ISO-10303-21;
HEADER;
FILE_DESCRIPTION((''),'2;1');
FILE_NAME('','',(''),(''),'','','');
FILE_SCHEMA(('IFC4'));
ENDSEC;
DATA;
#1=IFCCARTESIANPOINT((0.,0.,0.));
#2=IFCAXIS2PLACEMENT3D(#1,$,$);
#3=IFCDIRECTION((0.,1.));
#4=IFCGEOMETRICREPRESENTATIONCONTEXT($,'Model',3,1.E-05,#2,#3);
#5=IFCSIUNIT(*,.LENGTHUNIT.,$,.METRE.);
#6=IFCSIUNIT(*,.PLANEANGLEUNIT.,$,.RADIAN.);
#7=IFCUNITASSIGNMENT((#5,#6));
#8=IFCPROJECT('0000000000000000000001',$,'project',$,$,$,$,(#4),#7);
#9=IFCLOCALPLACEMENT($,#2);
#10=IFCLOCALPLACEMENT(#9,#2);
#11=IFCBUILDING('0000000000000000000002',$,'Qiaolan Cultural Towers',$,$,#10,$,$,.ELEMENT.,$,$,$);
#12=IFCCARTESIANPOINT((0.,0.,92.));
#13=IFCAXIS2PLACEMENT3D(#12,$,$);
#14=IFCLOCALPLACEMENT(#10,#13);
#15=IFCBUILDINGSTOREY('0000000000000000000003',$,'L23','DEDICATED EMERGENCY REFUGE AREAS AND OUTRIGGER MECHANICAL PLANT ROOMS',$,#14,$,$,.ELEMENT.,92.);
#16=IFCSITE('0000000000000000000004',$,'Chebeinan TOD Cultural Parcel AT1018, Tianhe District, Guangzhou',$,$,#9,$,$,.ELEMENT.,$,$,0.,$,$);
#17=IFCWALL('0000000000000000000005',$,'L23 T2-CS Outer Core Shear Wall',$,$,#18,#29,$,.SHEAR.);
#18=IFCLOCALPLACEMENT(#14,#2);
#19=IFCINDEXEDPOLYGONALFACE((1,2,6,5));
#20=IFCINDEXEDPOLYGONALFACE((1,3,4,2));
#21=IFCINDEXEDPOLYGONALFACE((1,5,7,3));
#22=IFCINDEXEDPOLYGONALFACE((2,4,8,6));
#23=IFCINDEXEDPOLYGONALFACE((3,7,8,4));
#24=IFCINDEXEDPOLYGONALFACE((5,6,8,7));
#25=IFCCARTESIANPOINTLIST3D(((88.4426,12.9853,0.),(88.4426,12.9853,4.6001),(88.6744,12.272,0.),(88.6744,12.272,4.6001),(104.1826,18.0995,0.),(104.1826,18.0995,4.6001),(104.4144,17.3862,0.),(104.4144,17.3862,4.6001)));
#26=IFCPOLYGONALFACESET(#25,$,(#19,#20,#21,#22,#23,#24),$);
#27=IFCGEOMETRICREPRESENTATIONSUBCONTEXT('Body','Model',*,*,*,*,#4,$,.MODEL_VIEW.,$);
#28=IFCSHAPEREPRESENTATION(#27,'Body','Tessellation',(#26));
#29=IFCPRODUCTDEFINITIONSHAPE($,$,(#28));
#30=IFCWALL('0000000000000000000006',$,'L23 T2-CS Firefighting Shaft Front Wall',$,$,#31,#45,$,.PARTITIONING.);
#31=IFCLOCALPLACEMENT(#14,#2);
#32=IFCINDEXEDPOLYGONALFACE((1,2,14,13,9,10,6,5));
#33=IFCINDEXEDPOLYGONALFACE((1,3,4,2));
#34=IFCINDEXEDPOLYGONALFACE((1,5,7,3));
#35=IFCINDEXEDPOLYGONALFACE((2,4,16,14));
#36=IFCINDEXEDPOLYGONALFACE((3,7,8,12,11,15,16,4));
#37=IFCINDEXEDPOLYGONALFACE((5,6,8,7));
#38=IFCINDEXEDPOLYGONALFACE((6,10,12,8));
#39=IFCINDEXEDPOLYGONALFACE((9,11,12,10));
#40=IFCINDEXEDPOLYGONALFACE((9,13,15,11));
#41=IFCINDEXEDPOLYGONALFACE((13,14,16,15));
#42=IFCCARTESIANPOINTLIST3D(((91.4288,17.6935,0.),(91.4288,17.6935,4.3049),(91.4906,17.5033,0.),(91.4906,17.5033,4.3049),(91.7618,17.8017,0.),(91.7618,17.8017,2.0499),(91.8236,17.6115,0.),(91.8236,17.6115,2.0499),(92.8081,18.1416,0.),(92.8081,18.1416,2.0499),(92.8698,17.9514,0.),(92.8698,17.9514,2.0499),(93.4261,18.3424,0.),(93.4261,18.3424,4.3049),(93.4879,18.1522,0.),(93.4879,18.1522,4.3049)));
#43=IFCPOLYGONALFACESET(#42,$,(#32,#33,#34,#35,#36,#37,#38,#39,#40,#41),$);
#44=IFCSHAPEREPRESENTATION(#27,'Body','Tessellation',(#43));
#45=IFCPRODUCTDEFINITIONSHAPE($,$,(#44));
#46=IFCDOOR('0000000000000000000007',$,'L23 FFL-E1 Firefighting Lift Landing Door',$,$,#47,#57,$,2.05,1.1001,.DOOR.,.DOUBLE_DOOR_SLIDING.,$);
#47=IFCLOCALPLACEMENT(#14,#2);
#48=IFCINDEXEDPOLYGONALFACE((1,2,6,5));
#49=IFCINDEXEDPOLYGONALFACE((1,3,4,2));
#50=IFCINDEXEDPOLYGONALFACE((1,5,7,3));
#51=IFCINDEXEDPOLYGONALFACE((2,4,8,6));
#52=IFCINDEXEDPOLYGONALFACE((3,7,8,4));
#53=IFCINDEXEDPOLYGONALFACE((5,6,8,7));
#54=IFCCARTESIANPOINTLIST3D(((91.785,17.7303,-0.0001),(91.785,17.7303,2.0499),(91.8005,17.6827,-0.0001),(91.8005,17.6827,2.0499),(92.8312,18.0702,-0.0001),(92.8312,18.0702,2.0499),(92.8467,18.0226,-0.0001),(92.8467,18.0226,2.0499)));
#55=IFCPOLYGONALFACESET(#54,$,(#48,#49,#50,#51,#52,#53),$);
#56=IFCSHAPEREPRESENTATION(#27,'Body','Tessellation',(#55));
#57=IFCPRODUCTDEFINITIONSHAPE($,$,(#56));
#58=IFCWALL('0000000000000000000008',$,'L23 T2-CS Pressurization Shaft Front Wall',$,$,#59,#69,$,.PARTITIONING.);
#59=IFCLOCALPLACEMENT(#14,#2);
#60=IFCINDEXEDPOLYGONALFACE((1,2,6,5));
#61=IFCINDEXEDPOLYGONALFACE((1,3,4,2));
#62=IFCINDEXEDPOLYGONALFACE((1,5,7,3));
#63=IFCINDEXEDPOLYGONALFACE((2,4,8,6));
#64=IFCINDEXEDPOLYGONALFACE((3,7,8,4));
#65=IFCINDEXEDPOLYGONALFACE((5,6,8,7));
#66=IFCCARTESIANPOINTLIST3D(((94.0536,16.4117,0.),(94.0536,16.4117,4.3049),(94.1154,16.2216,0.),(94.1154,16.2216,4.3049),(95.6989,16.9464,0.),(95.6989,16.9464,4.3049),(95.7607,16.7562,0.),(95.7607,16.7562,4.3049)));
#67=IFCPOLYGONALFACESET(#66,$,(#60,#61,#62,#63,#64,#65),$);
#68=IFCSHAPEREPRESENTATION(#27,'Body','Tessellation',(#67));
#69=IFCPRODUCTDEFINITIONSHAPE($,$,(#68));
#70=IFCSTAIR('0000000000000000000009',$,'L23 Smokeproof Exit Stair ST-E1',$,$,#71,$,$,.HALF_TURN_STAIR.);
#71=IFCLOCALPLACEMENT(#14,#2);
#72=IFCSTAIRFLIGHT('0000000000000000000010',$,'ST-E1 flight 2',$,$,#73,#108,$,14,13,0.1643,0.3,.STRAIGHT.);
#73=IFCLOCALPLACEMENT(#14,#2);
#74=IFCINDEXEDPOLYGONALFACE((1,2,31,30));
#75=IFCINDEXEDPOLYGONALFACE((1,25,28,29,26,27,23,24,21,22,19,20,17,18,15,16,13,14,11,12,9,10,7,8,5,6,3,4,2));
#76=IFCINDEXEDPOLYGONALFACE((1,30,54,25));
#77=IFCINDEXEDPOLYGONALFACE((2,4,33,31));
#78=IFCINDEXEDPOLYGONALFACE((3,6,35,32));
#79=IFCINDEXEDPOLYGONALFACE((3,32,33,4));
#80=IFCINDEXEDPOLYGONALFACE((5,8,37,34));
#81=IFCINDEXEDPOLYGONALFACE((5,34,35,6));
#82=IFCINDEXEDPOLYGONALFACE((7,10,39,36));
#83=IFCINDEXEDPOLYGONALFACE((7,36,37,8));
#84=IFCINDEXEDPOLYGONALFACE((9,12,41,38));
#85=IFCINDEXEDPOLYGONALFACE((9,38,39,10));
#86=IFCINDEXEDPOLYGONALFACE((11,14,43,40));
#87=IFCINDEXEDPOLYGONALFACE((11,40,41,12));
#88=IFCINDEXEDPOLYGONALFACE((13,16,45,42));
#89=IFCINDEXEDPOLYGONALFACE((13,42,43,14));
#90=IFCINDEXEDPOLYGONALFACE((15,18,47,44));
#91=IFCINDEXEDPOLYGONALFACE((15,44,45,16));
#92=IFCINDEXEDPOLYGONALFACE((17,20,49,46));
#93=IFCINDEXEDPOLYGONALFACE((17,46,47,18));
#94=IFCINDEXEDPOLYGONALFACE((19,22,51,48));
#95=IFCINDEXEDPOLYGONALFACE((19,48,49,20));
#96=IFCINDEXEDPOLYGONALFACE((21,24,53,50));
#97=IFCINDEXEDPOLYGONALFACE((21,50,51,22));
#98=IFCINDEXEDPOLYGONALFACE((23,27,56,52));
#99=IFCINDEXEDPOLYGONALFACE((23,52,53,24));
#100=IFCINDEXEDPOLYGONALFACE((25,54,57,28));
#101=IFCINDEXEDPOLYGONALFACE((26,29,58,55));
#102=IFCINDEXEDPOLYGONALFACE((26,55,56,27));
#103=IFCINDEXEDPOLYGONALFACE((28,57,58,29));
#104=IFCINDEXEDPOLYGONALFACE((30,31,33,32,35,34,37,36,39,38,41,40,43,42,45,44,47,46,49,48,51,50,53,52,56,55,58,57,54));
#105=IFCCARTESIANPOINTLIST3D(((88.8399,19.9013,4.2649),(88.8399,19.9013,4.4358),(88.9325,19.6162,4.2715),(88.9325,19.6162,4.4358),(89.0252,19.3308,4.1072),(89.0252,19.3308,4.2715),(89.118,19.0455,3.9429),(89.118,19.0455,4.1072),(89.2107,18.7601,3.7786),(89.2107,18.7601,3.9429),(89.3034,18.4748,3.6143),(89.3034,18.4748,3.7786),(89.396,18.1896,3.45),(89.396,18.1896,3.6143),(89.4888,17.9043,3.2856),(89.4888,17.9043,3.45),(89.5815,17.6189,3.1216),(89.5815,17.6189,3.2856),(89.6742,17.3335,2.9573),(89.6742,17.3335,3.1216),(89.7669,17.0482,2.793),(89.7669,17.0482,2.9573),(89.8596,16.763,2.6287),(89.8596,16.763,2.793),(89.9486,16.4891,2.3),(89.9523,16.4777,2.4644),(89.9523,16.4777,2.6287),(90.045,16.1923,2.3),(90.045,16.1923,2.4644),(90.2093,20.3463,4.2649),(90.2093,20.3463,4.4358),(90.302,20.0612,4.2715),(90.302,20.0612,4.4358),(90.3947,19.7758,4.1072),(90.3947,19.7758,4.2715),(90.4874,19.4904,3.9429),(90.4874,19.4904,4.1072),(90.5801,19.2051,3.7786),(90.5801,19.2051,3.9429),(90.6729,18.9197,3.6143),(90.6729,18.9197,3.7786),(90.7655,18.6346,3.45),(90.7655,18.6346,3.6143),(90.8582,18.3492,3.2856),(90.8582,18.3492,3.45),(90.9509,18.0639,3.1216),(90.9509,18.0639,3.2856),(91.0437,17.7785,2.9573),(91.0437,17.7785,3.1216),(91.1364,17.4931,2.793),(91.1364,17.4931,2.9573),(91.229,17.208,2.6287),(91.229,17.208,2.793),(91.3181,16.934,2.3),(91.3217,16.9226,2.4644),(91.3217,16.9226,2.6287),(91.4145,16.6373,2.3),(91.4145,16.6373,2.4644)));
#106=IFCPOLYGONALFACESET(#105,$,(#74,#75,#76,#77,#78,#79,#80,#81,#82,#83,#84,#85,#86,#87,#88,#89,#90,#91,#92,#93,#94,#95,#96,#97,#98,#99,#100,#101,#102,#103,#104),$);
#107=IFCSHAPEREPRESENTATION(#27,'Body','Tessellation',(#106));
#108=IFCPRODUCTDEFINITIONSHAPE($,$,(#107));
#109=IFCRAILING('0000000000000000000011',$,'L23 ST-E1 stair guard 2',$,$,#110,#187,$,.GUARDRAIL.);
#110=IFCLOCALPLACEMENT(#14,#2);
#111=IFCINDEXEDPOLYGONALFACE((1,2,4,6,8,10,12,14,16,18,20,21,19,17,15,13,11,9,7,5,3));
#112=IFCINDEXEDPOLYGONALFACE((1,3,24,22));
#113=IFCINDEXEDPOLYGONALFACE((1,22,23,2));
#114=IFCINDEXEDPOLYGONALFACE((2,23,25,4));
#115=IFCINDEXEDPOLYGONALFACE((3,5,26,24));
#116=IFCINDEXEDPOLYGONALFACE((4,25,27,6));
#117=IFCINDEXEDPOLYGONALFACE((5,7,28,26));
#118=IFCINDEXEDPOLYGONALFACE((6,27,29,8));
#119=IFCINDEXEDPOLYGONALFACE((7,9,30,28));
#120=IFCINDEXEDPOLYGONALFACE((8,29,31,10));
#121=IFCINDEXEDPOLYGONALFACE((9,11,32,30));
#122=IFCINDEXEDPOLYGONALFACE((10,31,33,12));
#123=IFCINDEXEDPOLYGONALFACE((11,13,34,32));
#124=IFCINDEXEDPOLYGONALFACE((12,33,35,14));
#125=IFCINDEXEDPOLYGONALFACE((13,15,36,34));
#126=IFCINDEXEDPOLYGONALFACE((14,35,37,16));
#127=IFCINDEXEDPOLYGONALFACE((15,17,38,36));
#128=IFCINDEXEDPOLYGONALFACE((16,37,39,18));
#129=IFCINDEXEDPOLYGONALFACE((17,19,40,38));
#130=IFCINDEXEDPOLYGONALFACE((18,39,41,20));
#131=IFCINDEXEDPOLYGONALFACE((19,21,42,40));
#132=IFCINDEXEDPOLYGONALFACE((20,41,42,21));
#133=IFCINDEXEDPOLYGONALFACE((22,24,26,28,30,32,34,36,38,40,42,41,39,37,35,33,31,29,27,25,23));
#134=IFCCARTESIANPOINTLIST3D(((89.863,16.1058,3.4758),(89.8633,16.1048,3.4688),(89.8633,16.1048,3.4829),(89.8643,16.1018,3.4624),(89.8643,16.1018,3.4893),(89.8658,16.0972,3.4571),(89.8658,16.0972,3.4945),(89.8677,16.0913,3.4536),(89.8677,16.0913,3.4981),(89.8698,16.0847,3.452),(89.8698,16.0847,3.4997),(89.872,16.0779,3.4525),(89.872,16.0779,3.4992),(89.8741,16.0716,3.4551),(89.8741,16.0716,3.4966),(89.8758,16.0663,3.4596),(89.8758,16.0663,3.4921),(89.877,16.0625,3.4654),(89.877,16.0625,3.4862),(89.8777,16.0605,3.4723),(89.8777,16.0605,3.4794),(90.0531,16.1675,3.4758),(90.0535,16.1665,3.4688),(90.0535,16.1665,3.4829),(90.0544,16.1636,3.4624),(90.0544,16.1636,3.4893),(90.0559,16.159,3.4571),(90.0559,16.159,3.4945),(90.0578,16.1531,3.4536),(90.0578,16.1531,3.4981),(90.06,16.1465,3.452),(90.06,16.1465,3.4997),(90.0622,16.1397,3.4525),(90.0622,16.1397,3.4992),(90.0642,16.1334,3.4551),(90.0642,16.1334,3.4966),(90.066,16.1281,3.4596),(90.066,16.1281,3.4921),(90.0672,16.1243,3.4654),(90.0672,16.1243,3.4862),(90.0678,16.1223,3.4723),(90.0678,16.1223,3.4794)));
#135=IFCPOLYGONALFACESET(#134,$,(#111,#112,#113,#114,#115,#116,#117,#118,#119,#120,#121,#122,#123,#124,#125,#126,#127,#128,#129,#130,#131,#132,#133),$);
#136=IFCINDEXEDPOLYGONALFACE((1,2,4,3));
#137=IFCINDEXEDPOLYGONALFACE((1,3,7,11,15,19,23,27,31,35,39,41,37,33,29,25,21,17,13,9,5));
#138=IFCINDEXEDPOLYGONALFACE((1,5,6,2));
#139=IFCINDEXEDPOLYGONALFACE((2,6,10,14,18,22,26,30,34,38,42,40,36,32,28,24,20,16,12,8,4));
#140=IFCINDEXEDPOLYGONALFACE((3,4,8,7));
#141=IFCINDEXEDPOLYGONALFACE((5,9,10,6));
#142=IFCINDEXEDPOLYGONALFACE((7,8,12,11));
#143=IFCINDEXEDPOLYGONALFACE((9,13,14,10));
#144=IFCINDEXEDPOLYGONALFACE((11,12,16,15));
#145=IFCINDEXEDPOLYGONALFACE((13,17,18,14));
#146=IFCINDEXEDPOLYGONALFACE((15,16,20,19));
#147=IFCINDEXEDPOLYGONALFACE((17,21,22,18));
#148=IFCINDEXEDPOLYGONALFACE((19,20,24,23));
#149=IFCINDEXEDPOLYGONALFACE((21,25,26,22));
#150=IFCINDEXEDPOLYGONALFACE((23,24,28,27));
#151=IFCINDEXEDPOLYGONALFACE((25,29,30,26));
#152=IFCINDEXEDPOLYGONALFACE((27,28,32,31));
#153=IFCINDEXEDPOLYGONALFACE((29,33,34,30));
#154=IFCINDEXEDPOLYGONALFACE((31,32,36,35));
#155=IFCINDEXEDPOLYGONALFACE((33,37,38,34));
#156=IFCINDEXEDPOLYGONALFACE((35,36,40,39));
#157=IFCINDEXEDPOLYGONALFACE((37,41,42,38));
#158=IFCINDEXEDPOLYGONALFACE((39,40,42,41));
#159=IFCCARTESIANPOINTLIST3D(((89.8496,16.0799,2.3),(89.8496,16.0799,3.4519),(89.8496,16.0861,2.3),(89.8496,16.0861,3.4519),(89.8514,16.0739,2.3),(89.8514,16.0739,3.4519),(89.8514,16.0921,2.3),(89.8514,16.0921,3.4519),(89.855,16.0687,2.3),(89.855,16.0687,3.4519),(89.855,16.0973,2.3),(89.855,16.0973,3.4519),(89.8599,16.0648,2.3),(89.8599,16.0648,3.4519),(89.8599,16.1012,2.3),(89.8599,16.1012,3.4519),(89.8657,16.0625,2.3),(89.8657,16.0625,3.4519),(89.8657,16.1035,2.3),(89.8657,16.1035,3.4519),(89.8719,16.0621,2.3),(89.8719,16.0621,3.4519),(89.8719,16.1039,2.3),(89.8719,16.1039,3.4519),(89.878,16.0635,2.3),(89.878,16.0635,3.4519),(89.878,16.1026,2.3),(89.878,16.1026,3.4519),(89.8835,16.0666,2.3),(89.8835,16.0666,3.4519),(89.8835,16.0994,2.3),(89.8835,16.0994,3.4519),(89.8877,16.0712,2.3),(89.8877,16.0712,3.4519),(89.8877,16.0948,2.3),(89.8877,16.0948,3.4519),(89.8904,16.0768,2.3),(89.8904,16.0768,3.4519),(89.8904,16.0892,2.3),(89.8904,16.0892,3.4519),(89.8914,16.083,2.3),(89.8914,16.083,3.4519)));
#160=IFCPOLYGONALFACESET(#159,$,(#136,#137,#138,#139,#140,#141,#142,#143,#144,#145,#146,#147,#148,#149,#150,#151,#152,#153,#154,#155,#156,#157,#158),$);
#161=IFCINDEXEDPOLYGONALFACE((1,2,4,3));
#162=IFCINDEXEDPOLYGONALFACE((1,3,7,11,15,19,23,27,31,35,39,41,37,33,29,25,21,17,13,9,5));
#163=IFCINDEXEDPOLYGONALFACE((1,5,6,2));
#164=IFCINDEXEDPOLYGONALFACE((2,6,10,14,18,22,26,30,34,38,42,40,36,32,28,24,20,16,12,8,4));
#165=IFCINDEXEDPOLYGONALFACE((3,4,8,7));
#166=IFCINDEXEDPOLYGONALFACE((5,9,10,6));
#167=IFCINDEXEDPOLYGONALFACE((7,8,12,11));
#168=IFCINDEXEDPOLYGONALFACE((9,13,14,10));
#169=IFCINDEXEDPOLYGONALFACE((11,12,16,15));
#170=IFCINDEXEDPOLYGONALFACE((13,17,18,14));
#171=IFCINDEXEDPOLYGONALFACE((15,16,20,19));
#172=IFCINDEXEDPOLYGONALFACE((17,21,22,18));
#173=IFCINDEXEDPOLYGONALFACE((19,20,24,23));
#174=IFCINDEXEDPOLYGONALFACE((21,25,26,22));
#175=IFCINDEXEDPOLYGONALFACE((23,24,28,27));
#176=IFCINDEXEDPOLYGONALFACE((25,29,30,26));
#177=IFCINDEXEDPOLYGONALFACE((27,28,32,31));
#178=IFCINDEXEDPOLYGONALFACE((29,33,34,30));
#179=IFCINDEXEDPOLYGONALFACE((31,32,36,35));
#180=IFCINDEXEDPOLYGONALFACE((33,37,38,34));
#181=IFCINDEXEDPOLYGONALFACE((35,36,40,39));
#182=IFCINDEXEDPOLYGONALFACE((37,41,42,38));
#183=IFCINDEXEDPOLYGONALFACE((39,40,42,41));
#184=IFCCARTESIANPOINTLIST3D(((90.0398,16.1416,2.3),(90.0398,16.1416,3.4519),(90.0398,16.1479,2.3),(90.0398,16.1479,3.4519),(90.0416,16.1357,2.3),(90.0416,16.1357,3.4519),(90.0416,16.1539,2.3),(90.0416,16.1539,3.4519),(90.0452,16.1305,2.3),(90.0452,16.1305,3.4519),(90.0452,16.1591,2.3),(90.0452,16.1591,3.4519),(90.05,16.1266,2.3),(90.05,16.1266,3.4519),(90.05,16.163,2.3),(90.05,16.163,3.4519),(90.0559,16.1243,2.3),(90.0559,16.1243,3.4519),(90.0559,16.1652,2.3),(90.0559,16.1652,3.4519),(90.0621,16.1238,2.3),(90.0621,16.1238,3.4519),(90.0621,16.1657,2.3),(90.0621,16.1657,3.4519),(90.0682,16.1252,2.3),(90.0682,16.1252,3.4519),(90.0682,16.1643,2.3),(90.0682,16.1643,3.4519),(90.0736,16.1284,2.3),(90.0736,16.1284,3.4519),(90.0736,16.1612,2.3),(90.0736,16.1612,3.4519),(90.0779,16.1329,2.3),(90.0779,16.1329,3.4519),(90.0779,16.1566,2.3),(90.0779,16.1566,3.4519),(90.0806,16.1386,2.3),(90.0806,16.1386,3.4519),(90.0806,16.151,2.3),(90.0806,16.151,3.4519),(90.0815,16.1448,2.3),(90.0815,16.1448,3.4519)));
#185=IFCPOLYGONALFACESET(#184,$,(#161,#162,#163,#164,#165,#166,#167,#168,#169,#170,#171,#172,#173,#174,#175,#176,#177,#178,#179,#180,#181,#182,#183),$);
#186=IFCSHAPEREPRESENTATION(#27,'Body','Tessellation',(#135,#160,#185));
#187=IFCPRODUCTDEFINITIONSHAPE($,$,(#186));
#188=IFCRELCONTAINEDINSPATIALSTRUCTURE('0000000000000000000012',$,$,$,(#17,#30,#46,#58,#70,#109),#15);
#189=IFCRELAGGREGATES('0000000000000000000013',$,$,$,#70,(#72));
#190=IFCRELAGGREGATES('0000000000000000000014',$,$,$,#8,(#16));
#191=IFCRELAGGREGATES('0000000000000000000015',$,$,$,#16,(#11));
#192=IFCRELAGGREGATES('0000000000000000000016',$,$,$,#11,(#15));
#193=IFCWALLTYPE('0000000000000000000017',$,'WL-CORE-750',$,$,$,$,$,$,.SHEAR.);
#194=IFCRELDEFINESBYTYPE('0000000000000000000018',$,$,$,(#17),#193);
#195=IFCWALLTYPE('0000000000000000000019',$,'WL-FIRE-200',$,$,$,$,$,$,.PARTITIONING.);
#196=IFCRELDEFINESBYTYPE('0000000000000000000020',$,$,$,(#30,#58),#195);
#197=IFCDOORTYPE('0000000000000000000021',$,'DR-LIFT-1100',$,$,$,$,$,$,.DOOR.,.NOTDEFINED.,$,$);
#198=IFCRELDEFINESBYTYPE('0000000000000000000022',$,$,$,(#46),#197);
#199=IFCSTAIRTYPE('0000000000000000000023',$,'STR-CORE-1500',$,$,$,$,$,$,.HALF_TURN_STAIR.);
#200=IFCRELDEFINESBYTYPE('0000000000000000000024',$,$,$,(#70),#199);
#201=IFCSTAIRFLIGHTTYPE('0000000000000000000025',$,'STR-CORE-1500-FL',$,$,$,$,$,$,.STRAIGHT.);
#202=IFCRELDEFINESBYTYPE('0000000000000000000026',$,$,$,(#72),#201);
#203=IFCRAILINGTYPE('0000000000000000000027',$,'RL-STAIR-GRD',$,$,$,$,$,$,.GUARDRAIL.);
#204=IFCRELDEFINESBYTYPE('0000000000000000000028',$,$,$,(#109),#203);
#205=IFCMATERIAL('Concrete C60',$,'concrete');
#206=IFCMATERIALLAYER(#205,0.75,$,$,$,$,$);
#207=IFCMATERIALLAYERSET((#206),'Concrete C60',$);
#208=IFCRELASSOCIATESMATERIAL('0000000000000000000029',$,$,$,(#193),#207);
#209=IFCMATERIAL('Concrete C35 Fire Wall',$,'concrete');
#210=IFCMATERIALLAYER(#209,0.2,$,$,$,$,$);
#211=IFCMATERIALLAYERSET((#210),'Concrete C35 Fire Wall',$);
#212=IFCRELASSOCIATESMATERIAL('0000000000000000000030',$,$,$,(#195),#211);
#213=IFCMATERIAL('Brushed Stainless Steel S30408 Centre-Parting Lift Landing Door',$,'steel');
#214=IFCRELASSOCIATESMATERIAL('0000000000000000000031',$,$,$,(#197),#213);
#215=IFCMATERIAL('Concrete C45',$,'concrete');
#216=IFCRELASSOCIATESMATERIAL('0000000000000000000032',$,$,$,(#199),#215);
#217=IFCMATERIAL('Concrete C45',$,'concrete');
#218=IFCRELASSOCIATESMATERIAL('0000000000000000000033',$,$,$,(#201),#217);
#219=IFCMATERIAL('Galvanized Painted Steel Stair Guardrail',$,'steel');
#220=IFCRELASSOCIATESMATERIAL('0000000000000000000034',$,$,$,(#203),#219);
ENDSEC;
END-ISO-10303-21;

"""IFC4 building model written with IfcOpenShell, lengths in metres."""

from ifc_helpers import new_model, si_unit, direction, frame, frame_2d, origin, origin_2d, place, context, subcontext, project, spatial, polyline, rectangle, circle, outline, extrude, material, layer, layer_set, type_object, element, fill, aggregate, save


model = new_model("IFC4")

# Units and contexts
model_context = context("Model", 3, precision=1e-05, world=origin(), true_north=direction((0.0, 1.0)))
body_context = subcontext(model_context, "Body", "Model", "MODEL_VIEW")
ifc_project = project(units=[si_unit("LENGTHUNIT", "METRE"), si_unit("PLANEANGLEUNIT", "RADIAN")], contexts=[model_context])

# Site, building, storey
site_placement = place(None, origin())
site = spatial("IfcSite", under=ifc_project, at=site_placement, Name="Chebeinan TOD Cultural Parcel AT1018, Tianhe District, Guangzhou", CompositionType="ELEMENT", RefElevation=0.0)
building_placement = place(site_placement, origin())
building = spatial("IfcBuilding", under=site, at=building_placement, Name="Qiaolan Cultural Towers", CompositionType="ELEMENT")
storey_placement = place(building_placement, frame((0.0, 0.0, 92.0)))
storey = spatial("IfcBuildingStorey", under=building, at=storey_placement, Name="L23", Description="DEDICATED EMERGENCY REFUGE AREAS AND OUTRIGGER MECHANICAL PLANT ROOMS", CompositionType="ELEMENT", Elevation=92.0)

# Wall
ifc_material_1 = material(Name="Concrete C60", Category="concrete")
ifc_layer_1 = layer(ifc_material_1, 0.75)
ifc_layer_set_1 = layer_set([ifc_layer_1], Name="Concrete C60")
wall_type_1 = type_object("IfcWallType", Name="WL-CORE-750", PredefinedType="SHEAR", material=ifc_layer_set_1)
wall_1_placement = place(storey_placement, frame((88.5586, 12.6287, 0.0), z_axis=(0.0, 0.0, 1.0), x_axis=(0.951056, 0.309018, 0.0)))
element("IfcWall", 1, at=wall_1_placement, inside=storey, type_object=wall_type_1, Name="L23 T2-CS Outer Core Shear Wall", PredefinedType="SHEAR", context=body_context, shape_type="SweptSolid", body=[
    extrude(rectangle(XDim=16.55, YDim=0.75, at=frame_2d((8.2749, 0.0))), origin(), (0.0, 0.0, 1.0), 4.6001),
])

# Wall, opening, door
ifc_material_2 = material(Name="Concrete C35 Fire Wall", Category="concrete")
ifc_layer_2 = layer(ifc_material_2, 0.2)
ifc_layer_set_2 = layer_set([ifc_layer_2], Name="Concrete C35 Fire Wall")
wall_type_2 = type_object("IfcWallType", Name="WL-FIRE-200", PredefinedType="PARTITIONING", material=ifc_layer_set_2)
wall_2_placement = place(storey_placement, frame((91.4597, 17.5984, 0.0), z_axis=(0.0, 0.0, 1.0), x_axis=(0.951062, 0.308999, 0.0)))
wall_2 = element("IfcWall", 2, at=wall_2_placement, inside=storey, type_object=wall_type_2, Name="L23 T2-CS Firefighting Shaft Front Wall", PredefinedType="PARTITIONING", context=body_context, shape_type="SweptSolid", body=[
    extrude(rectangle(XDim=2.1001, YDim=0.2, at=frame_2d((1.05, 0.0))), origin(), (0.0, 0.0, 1.0), 4.3049),
])
opening_placement = place(wall_2_placement, frame((0.3501, 0.0, 0.0)))
opening = element("IfcOpeningElement", 3, at=opening_placement, cuts=wall_2, PredefinedType="OPENING", context=body_context, shape_type="SweptSolid", body=[
    extrude(rectangle(XDim=1.1001, YDim=2.05, at=frame_2d((0.55, 1.0249))), frame((0.0, 0.1099, 0.0), z_axis=(0.0, -1.0, 0.0), x_axis=(1.0, 0.0, 0.0)), (0.0, 0.0, 1.0), 0.22),
])
ifc_material_3 = material(Name="Brushed Stainless Steel S30408 Centre-Parting Lift Landing Door", Category="steel")
door_type = type_object("IfcDoorType", Name="DR-LIFT-1100", OperationType="NOTDEFINED", PredefinedType="DOOR", material=ifc_material_3)
door_placement = place(opening_placement, origin())
door = element("IfcDoor", 4, at=door_placement, inside=storey, type_object=door_type, Name="L23 FFL-E1 Firefighting Lift Landing Door", OperationType="DOUBLE_DOOR_SLIDING", OverallHeight=2.05, OverallWidth=1.1001, PredefinedType="DOOR", context=body_context, shape_type="SweptSolid", body=[
    extrude(rectangle(XDim=1.1001, YDim=2.05, at=frame_2d((0.55, 1.0249))), frame((0.0, 0.0249, 0.0), z_axis=(0.0, -1.0, 0.0), x_axis=(1.0, 0.0, 0.0)), (0.0, 0.0, 1.0), 0.05),
])
fill(opening, door)

# Wall
wall_3_placement = place(storey_placement, frame((94.0845, 16.3167, 0.0), z_axis=(0.0, 0.0, 1.0), x_axis=(0.951041, 0.309064, 0.0)))
element("IfcWall", 5, at=wall_3_placement, inside=storey, type_object=wall_type_2, Name="L23 T2-CS Pressurization Shaft Front Wall", PredefinedType="PARTITIONING", context=body_context, shape_type="SweptSolid", body=[
    extrude(rectangle(XDim=1.73, YDim=0.2, at=frame_2d((0.865, 0.0))), origin(), (0.0, 0.0, 1.0), 4.3049),
])

# Stair, stair flight
ifc_material_4 = material(Name="Concrete C45", Category="concrete")
stair_type = type_object("IfcStairType", Name="STR-CORE-1500", PredefinedType="HALF_TURN_STAIR", material=ifc_material_4)
stair_placement = place(storey_placement, origin())
stair = element("IfcStair", 6, at=stair_placement, inside=storey, type_object=stair_type, Name="L23 Smokeproof Exit Stair ST-E1", PredefinedType="HALF_TURN_STAIR")
ifc_material_5 = material(Name="Concrete C45", Category="concrete")
stair_flight_type = type_object("IfcStairFlightType", Name="STR-CORE-1500-FL", PredefinedType="STRAIGHT", material=ifc_material_5)
stair_flight_placement = place(storey_placement, frame((90.7297, 16.4148, 2.3), z_axis=(0.0, 0.0, 1.0), x_axis=(-0.309017, 0.951057, 0.0)))
stair_flight = element("IfcStairFlight", 7, at=stair_flight_placement, type_object=stair_flight_type, Name="ST-E1 flight 2", NumberOfRisers=14, NumberOfTreads=13, PredefinedType="STRAIGHT", RiserHeight=0.1643, TreadLength=0.3, context=body_context, shape_type="SweptSolid", body=[
    extrude(outline(polyline([(0.0, 0.0), (0.0, 0.1643), (0.3, 0.1643), (0.3, 0.3286), (0.6001, 0.3286), (0.6001, 0.4929), (0.8999, 0.4929), (0.8999, 0.6572), (1.2, 0.6572), (1.2, 0.8215), (1.5, 0.8215), (1.5, 0.9856), (1.8, 0.9856), (1.8, 1.1499), (2.1001, 1.1499), (2.1001, 1.3142), (2.3999, 1.3142), (2.3999, 1.4785), (2.7, 1.4785), (2.7, 1.6428), (3.0, 1.6428), (3.0, 1.8071), (3.3, 1.8071), (3.3, 1.9714), (3.6001, 1.9714), (3.6001, 2.1357), (3.8999, 2.1357), (3.8999, 2.3), (3.8999, 1.9648), (0.312, 0.0), (0.0, 0.0)])), frame((0.0, 0.72, 0.0), z_axis=(0.0, -1.0, 0.0), x_axis=(1.0, 0.0, 0.0)), (0.0, 0.0, 1.0), 1.4399),
])
aggregate(stair, [stair_flight])

# Railing
ifc_material_6 = material(Name="Galvanized Painted Steel Stair Guardrail", Category="steel")
railing_type_1 = type_object("IfcRailingType", Name="RL-STAIR-GRD", PredefinedType="GUARDRAIL", material=ifc_material_6)
railing_1_placement = place(storey_placement, frame((89.8704, 16.083, 2.3)))
element("IfcRailing", 8, at=railing_1_placement, inside=storey, type_object=railing_type_1, Name="L23 ST-E1 stair guard 2", PredefinedType="GUARDRAIL", context=body_context, shape_type="SweptSolid", body=[
    extrude(circle(Radius=0.0239, at=origin_2d()), frame((0.0, 0.0, 1.1758), z_axis=(0.951097, 0.308893, 0.0), x_axis=(-0.308893, 0.951097, 0.0)), (0.0, 0.0, 1.0), 0.2),
    extrude(circle(Radius=0.021, at=origin_2d()), origin(), (0.0, 0.0, 1.0), 1.1519),
    extrude(circle(Radius=0.021, at=origin_2d()), frame((0.1902, 0.0618, 0.0)), (0.0, 0.0, 1.0), 1.1519),
])

save(model, "model.ifc")
